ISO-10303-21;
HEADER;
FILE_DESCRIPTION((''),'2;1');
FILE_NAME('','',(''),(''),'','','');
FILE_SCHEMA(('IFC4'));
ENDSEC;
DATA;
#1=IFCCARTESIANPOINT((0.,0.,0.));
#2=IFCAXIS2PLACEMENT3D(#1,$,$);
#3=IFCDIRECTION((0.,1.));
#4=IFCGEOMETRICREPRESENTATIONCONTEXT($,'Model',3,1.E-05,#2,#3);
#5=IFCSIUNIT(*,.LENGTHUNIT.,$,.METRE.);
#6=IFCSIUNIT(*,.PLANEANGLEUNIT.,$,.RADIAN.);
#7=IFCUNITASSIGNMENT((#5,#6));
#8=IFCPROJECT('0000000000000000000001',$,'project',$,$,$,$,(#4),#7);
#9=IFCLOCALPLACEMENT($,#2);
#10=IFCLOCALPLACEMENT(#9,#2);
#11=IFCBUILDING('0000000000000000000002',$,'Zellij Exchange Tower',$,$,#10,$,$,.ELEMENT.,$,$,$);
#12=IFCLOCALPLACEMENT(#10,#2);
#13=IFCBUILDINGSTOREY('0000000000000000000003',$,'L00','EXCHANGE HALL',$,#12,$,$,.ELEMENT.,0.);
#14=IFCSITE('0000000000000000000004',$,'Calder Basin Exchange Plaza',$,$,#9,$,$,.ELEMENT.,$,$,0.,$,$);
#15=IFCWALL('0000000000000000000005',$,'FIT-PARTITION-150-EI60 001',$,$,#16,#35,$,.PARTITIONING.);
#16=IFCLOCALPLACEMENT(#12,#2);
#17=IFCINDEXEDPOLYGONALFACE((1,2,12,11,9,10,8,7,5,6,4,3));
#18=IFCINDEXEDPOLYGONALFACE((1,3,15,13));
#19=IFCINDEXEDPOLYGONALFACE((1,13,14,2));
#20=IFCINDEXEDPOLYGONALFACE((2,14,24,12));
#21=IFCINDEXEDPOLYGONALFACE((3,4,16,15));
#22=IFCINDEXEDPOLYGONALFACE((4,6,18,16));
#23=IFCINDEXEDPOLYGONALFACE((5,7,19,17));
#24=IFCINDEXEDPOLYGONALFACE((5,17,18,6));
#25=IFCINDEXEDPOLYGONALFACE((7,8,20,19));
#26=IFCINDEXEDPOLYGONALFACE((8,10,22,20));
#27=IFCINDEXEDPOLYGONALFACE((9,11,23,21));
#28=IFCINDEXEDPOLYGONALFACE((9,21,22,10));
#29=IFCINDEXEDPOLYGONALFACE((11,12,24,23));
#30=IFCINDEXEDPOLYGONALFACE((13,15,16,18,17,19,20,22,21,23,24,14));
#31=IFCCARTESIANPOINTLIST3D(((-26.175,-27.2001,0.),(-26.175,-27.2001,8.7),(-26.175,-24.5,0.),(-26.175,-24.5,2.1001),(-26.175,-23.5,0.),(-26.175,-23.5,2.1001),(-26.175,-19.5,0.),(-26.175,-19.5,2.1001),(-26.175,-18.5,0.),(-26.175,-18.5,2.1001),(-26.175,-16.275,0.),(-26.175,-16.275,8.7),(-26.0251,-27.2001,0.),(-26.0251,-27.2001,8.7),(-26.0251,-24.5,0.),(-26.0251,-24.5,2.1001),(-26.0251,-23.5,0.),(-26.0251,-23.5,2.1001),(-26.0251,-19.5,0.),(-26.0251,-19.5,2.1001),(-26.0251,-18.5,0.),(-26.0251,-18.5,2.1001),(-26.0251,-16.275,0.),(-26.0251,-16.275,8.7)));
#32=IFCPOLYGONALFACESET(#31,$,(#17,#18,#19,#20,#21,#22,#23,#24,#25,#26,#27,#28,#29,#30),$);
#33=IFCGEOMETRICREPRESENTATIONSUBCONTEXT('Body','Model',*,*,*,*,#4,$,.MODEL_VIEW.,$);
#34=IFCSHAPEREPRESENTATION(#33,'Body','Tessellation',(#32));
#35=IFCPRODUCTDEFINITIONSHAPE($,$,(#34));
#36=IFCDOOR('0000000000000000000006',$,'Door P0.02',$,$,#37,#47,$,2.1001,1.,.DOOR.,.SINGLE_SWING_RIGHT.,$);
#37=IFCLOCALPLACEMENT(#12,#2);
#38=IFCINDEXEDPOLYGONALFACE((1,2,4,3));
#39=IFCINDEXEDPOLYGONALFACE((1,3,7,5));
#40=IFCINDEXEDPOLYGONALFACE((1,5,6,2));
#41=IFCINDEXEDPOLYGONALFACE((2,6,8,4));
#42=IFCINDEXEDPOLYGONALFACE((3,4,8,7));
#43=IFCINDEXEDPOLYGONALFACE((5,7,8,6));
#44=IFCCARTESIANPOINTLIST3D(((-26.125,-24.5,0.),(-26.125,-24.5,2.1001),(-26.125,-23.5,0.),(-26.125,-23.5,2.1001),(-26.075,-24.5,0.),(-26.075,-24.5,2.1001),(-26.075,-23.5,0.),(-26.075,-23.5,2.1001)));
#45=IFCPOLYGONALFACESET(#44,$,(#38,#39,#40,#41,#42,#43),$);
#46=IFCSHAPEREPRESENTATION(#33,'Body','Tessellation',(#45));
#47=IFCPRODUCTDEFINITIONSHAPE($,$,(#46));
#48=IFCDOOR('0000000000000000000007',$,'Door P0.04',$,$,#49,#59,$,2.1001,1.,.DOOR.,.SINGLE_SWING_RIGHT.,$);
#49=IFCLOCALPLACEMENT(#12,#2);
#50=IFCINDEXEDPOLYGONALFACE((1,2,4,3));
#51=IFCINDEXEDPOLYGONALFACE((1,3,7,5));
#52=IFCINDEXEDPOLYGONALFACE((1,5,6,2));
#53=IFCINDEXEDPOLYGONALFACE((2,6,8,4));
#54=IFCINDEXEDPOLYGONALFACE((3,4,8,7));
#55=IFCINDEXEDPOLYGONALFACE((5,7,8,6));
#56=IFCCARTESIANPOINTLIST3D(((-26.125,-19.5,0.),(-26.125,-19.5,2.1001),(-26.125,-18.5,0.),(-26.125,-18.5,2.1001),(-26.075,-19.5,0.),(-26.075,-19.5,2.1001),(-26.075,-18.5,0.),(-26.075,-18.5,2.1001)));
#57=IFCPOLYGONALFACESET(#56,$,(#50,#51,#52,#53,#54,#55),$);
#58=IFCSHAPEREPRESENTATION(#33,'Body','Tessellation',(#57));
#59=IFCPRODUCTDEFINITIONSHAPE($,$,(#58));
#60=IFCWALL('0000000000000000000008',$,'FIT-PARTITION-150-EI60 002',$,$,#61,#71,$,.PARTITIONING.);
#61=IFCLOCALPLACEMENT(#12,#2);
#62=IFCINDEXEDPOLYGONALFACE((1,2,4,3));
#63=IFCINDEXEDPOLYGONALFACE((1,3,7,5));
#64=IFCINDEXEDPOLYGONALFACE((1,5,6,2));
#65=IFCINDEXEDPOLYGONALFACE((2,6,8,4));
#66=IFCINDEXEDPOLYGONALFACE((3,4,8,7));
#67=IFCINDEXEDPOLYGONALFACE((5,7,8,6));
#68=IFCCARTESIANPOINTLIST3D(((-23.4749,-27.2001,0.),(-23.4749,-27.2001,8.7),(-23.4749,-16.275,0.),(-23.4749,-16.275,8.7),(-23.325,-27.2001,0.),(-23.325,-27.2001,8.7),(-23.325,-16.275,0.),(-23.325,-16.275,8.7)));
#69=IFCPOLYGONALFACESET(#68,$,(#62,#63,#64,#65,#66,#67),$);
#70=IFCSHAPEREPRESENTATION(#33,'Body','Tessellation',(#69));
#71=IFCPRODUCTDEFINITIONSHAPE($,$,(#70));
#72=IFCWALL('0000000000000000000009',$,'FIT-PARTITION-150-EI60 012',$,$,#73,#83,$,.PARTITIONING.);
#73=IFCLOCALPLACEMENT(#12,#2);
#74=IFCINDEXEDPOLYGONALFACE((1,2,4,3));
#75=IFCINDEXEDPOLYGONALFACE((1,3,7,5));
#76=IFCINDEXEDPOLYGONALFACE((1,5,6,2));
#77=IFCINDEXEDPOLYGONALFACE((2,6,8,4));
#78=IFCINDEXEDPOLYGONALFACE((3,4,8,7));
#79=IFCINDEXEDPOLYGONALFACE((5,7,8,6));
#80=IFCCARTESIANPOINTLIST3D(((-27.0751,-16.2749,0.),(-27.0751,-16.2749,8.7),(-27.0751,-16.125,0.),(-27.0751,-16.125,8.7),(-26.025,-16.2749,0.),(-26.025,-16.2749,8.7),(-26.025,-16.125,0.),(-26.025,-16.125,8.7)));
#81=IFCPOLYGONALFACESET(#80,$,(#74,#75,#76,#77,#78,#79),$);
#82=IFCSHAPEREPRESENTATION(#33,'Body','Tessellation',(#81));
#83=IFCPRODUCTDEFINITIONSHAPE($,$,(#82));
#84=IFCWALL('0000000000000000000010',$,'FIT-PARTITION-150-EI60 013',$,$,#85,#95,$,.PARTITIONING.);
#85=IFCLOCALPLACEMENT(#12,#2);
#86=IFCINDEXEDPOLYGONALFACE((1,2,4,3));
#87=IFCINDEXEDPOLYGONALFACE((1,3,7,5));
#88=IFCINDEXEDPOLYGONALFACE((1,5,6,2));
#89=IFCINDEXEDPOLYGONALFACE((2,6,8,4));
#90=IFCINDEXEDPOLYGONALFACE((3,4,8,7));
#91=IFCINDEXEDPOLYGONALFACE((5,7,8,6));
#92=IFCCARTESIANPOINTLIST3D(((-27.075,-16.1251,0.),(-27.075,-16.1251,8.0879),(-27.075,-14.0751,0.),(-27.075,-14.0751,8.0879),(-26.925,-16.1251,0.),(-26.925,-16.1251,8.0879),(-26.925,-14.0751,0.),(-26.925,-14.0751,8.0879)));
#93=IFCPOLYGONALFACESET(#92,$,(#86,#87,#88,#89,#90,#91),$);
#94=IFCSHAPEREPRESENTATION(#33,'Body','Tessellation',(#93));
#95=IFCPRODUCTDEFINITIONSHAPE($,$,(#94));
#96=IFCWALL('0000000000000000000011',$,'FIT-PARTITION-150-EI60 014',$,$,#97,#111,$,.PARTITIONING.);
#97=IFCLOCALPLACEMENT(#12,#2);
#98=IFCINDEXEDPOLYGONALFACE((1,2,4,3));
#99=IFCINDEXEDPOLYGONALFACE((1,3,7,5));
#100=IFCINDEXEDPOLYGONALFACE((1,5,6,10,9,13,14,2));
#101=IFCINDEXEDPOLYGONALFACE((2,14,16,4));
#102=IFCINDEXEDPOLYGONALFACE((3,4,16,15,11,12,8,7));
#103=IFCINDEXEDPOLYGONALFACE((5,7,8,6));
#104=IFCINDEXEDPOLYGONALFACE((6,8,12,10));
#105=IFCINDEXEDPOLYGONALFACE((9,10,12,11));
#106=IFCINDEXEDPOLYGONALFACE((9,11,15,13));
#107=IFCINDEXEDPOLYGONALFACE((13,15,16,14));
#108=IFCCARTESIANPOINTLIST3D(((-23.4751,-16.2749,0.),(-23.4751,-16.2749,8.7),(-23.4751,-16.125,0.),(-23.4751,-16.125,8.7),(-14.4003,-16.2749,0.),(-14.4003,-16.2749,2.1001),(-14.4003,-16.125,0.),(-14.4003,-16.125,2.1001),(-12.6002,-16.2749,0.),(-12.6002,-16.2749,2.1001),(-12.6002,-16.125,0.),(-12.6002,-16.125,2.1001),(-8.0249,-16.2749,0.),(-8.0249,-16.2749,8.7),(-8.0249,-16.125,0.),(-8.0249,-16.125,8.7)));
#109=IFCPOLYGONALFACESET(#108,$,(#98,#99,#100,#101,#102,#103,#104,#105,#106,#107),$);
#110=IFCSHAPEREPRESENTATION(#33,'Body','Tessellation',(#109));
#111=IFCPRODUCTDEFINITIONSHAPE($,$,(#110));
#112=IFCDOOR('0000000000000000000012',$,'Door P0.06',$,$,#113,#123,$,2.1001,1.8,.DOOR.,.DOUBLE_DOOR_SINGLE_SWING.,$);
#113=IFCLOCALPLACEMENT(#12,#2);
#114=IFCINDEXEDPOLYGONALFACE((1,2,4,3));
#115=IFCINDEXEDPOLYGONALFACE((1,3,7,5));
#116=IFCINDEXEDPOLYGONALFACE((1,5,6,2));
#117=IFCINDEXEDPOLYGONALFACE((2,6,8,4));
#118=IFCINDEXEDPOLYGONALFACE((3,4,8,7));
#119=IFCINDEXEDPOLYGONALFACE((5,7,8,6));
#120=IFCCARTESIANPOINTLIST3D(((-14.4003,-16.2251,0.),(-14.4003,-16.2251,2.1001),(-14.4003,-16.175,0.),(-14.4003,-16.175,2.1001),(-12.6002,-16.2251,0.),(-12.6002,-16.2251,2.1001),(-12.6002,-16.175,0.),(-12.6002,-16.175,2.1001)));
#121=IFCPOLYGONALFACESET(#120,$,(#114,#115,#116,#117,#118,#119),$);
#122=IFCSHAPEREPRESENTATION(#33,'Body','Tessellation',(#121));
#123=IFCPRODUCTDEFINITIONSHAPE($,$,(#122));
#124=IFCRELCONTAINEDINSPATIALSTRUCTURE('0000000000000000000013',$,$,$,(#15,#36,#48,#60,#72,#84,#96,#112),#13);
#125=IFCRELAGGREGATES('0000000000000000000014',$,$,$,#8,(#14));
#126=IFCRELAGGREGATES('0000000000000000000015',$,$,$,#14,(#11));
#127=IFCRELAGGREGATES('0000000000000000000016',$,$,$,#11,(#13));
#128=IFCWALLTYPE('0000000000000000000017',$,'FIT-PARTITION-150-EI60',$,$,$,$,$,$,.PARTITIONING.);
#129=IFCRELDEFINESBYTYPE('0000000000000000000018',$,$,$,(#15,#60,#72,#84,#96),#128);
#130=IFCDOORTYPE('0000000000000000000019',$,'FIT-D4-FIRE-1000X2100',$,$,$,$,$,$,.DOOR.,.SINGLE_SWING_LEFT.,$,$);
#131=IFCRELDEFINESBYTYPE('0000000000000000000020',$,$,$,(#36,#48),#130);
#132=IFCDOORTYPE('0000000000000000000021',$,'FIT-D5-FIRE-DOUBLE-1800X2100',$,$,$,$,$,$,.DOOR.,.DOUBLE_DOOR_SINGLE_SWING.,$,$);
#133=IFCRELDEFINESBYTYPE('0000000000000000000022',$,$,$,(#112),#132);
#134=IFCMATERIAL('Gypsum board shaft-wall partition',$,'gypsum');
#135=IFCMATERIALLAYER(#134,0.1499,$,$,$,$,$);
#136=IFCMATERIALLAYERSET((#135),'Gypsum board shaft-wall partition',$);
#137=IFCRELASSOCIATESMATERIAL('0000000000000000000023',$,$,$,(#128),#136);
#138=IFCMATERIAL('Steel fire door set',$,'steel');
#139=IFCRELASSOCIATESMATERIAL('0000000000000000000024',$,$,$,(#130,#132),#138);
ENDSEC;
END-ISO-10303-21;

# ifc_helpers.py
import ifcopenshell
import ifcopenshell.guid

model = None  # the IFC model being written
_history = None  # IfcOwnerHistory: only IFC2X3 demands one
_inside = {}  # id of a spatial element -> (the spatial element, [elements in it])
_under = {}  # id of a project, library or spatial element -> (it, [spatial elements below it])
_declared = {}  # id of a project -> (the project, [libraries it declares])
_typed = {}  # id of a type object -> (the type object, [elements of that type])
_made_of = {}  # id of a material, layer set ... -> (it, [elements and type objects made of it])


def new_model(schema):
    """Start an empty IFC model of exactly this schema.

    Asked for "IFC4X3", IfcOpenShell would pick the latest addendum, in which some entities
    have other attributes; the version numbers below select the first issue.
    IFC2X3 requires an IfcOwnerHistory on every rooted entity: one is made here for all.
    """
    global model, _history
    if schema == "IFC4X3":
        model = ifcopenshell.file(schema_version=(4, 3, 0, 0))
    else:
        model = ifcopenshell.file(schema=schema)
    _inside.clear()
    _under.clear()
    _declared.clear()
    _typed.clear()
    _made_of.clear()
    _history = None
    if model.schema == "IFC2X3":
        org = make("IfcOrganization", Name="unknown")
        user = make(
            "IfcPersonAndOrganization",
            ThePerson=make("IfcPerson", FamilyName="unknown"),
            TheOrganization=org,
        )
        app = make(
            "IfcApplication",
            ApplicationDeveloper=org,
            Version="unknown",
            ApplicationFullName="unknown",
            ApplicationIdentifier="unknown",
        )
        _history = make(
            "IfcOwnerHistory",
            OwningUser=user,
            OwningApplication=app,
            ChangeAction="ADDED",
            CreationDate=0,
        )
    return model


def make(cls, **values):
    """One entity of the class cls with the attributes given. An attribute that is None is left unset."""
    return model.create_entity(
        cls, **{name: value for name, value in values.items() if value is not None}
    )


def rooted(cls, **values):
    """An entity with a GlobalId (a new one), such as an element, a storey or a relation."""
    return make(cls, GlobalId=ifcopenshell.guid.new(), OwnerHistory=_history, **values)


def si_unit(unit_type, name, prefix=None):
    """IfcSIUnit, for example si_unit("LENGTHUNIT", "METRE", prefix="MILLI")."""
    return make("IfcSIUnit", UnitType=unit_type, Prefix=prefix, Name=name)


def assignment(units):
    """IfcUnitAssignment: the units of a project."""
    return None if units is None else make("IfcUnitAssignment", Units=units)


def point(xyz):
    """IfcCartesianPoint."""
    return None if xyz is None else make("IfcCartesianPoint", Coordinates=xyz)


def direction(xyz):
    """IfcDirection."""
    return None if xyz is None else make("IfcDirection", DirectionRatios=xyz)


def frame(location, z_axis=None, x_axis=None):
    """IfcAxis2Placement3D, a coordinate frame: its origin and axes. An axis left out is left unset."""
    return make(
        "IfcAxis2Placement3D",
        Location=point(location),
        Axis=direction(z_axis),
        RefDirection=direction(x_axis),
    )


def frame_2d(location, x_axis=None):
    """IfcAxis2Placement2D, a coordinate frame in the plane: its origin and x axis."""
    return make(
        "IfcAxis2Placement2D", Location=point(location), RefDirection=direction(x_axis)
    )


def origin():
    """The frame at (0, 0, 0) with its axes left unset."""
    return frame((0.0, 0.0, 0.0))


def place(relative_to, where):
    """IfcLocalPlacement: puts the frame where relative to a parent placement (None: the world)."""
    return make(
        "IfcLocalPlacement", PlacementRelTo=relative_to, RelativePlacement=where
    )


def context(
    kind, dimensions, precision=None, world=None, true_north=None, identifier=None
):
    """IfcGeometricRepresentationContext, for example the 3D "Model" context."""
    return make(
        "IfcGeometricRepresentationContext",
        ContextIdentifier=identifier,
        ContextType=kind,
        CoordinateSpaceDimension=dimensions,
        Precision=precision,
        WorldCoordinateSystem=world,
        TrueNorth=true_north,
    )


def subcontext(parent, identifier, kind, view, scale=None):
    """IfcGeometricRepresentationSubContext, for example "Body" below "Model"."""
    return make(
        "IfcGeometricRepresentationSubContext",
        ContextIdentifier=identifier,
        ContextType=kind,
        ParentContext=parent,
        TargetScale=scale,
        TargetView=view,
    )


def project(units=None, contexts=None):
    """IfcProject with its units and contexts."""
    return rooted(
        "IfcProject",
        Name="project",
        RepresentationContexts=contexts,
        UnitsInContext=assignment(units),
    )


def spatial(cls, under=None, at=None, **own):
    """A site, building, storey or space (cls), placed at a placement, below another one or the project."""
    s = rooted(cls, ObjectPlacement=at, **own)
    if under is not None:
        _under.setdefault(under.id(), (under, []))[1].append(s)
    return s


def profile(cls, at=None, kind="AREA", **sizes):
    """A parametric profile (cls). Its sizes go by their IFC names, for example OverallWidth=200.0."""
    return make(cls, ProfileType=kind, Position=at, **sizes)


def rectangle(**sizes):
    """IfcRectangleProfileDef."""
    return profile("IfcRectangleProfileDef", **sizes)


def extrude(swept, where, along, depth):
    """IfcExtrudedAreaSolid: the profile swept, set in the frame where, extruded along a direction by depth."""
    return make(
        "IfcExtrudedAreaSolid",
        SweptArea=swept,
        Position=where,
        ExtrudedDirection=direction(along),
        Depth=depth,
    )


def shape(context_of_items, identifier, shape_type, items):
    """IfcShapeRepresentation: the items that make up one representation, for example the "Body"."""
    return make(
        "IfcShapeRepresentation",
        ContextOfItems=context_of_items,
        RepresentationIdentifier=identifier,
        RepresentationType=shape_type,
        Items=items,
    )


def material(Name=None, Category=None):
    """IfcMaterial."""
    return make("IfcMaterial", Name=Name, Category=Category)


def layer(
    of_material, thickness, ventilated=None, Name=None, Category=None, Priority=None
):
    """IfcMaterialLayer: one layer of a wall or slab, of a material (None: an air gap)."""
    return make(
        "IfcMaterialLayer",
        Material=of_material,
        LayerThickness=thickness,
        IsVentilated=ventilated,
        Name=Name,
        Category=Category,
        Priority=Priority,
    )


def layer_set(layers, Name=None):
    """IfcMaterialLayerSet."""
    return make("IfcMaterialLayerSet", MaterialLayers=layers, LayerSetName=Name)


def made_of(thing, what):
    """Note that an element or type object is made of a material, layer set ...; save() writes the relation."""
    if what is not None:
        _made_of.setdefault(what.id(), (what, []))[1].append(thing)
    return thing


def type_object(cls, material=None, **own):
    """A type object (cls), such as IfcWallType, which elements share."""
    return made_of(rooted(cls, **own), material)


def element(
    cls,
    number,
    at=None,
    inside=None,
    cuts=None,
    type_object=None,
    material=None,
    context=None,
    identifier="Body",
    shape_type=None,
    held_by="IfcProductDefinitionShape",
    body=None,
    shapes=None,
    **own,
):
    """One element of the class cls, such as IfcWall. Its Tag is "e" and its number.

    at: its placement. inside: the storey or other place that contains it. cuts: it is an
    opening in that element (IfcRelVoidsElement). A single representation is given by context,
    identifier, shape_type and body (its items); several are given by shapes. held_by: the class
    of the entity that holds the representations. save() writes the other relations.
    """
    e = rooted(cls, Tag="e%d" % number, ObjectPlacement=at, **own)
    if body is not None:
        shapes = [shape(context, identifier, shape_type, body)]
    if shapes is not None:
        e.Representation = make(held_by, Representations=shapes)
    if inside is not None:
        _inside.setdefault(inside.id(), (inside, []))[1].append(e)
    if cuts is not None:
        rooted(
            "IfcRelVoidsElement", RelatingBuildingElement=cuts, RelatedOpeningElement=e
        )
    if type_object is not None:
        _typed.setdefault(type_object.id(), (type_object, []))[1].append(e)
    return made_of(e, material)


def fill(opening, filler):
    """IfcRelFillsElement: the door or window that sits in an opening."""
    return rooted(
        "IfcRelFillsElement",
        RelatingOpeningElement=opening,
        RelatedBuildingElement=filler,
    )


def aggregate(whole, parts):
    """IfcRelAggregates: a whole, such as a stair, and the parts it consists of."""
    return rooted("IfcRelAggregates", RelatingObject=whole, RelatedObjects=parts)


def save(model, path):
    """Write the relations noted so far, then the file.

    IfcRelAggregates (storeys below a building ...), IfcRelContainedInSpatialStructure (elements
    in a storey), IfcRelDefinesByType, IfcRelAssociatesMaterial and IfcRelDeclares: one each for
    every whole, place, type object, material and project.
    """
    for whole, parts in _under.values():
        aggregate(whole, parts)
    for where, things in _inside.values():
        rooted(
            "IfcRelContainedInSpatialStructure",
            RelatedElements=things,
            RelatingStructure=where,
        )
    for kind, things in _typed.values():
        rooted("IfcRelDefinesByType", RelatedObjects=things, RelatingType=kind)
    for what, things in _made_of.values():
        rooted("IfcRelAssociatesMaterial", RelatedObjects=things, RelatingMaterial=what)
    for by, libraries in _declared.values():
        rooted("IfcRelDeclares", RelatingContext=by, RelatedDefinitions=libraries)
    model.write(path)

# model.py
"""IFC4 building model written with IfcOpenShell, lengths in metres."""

from ifc_helpers import new_model, si_unit, direction, frame, frame_2d, origin, place, context, subcontext, project, spatial, rectangle, extrude, material, layer, layer_set, type_object, element, fill, save


model = new_model("IFC4")

# Units and contexts
model_context = context("Model", 3, precision=1e-05, world=origin(), true_north=direction((0.0, 1.0)))
body_context = subcontext(model_context, "Body", "Model", "MODEL_VIEW")
ifc_project = project(units=[si_unit("LENGTHUNIT", "METRE"), si_unit("PLANEANGLEUNIT", "RADIAN")], contexts=[model_context])

# Site, building, storey
site_placement = place(None, origin())
site = spatial("IfcSite", under=ifc_project, at=site_placement, Name="Calder Basin Exchange Plaza", CompositionType="ELEMENT", RefElevation=0.0)
building_placement = place(site_placement, origin())
building = spatial("IfcBuilding", under=site, at=building_placement, Name="Zellij Exchange Tower", CompositionType="ELEMENT")
storey_placement = place(building_placement, origin())
storey = spatial("IfcBuildingStorey", under=building, at=storey_placement, Name="L00", Description="EXCHANGE HALL", CompositionType="ELEMENT", Elevation=0.0)

# Wall, openings, doors
ifc_material_1 = material(Name="Gypsum board shaft-wall partition", Category="gypsum")
ifc_layer = layer(ifc_material_1, 0.1499)
ifc_layer_set = layer_set([ifc_layer], Name="Gypsum board shaft-wall partition")
wall_type = type_object("IfcWallType", Name="FIT-PARTITION-150-EI60", PredefinedType="PARTITIONING", material=ifc_layer_set)
wall_1_placement = place(storey_placement, frame((-26.1001, -27.2, 0.0), z_axis=(0.0, 0.0, 1.0), x_axis=(0.0, 1.0, 0.0)))
wall_1 = element("IfcWall", 1, at=wall_1_placement, inside=storey, type_object=wall_type, Name="FIT-PARTITION-150-EI60 001", PredefinedType="PARTITIONING", context=body_context, shape_type="SweptSolid", body=[
    extrude(rectangle(XDim=10.925, YDim=0.1499, at=frame_2d((5.4624, 0.0))), origin(), (0.0, 0.0, 1.0), 8.7),
])
opening_1_placement = place(wall_1_placement, frame((2.7, 0.0, 0.0)))
opening_1 = element("IfcOpeningElement", 2, at=opening_1_placement, cuts=wall_1, PredefinedType="OPENING", context=body_context, shape_type="SweptSolid", body=[
    extrude(rectangle(XDim=1.0, YDim=2.1001, at=frame_2d((0.5, 1.05))), frame((0.0, 0.0869, 0.0), z_axis=(0.0, -1.0, 0.0), x_axis=(1.0, 0.0, 0.0)), (0.0, 0.0, 1.0), 0.1738),
])
opening_2_placement = place(wall_1_placement, frame((7.7, 0.0, 0.0)))
opening_2 = element("IfcOpeningElement", 3, at=opening_2_placement, cuts=wall_1, PredefinedType="OPENING", context=body_context, shape_type="SweptSolid", body=[
    extrude(rectangle(XDim=1.0, YDim=2.1001, at=frame_2d((0.5, 1.05))), frame((0.0, 0.0869, 0.0), z_axis=(0.0, -1.0, 0.0), x_axis=(1.0, 0.0, 0.0)), (0.0, 0.0, 1.0), 0.1738),
])
ifc_material_2 = material(Name="Steel fire door set", Category="steel")
door_type_1 = type_object("IfcDoorType", Name="FIT-D4-FIRE-1000X2100", OperationType="SINGLE_SWING_LEFT", PredefinedType="DOOR", material=ifc_material_2)
door_1_placement = place(opening_1_placement, origin())
door_1 = element("IfcDoor", 4, at=door_1_placement, inside=storey, type_object=door_type_1, Name="Door P0.02", OperationType="SINGLE_SWING_RIGHT", OverallHeight=2.1001, OverallWidth=1.0, PredefinedType="DOOR", context=body_context, shape_type="SweptSolid", body=[
    extrude(rectangle(XDim=1.0, YDim=2.1001, at=frame_2d((0.5, 1.05))), frame((0.0, 0.0249, 0.0), z_axis=(0.0, -1.0, 0.0), x_axis=(1.0, 0.0, 0.0)), (0.0, 0.0, 1.0), 0.05),
])
fill(opening_1, door_1)
door_2_placement = place(opening_2_placement, origin())
door_2 = element("IfcDoor", 5, at=door_2_placement, inside=storey, type_object=door_type_1, Name="Door P0.04", OperationType="SINGLE_SWING_RIGHT", OverallHeight=2.1001, OverallWidth=1.0, PredefinedType="DOOR", context=body_context, shape_type="SweptSolid", body=[
    extrude(rectangle(XDim=1.0, YDim=2.1001, at=frame_2d((0.5, 1.05))), frame((0.0, 0.0249, 0.0), z_axis=(0.0, -1.0, 0.0), x_axis=(1.0, 0.0, 0.0)), (0.0, 0.0, 1.0), 0.05),
])
fill(opening_2, door_2)

# Walls
wall_2_placement = place(storey_placement, frame((-23.3999, -27.2, 0.0), z_axis=(0.0, 0.0, 1.0), x_axis=(0.0, 1.0, 0.0)))
element("IfcWall", 6, at=wall_2_placement, inside=storey, type_object=wall_type, Name="FIT-PARTITION-150-EI60 002", PredefinedType="PARTITIONING", context=body_context, shape_type="SweptSolid", body=[
    extrude(rectangle(XDim=10.925, YDim=0.1499, at=frame_2d((5.4624, 0.0))), origin(), (0.0, 0.0, 1.0), 8.7),
])
wall_3_placement = place(storey_placement, frame((-27.075, -16.2, 0.0), z_axis=(0.0, 0.0, 1.0), x_axis=(1.0, 0.0, 0.0)))
element("IfcWall", 7, at=wall_3_placement, inside=storey, type_object=wall_type, Name="FIT-PARTITION-150-EI60 012", PredefinedType="PARTITIONING", context=body_context, shape_type="SweptSolid", body=[
    extrude(rectangle(XDim=1.05, YDim=0.1499, at=frame_2d((0.5249, 0.0))), origin(), (0.0, 0.0, 1.0), 8.7),
])
wall_4_placement = place(storey_placement, frame((-27.0, -16.125, 0.0), z_axis=(0.0, 0.0, 1.0), x_axis=(0.0, 1.0, 0.0)))
element("IfcWall", 8, at=wall_4_placement, inside=storey, type_object=wall_type, Name="FIT-PARTITION-150-EI60 013", PredefinedType="PARTITIONING", context=body_context, shape_type="SweptSolid", body=[
    extrude(rectangle(XDim=2.05, YDim=0.1499, at=frame_2d((1.0249, 0.0))), origin(), (0.0, 0.0, 1.0), 8.0879),
])

# Wall, opening, door
wall_5_placement = place(storey_placement, frame((-23.4751, -16.2, 0.0), z_axis=(0.0, 0.0, 1.0), x_axis=(1.0, 0.0, 0.0)))
wall_5 = element("IfcWall", 9, at=wall_5_placement, inside=storey, type_object=wall_type, Name="FIT-PARTITION-150-EI60 014", PredefinedType="PARTITIONING", context=body_context, shape_type="SweptSolid", body=[
    extrude(rectangle(XDim=15.4502, YDim=0.1499, at=frame_2d((7.7251, 0.0))), origin(), (0.0, 0.0, 1.0), 8.7),
])
opening_3_placement = place(wall_5_placement, frame((9.075, 0.0, 0.0)))
opening_3 = element("IfcOpeningElement", 10, at=opening_3_placement, cuts=wall_5, PredefinedType="OPENING", context=body_context, shape_type="SweptSolid", body=[
    extrude(rectangle(XDim=1.8, YDim=2.1001, at=frame_2d((0.8999, 1.05))), frame((0.0, 0.0869, 0.0), z_axis=(0.0, -1.0, 0.0), x_axis=(1.0, 0.0, 0.0)), (0.0, 0.0, 1.0), 0.1738),
])
door_type_2 = type_object("IfcDoorType", Name="FIT-D5-FIRE-DOUBLE-1800X2100", OperationType="DOUBLE_DOOR_SINGLE_SWING", PredefinedType="DOOR", material=ifc_material_2)
door_3_placement = place(opening_3_placement, origin())
door_3 = element("IfcDoor", 11, at=door_3_placement, inside=storey, type_object=door_type_2, Name="Door P0.06", OperationType="DOUBLE_DOOR_SINGLE_SWING", OverallHeight=2.1001, OverallWidth=1.8, PredefinedType="DOOR", context=body_context, shape_type="SweptSolid", body=[
    extrude(rectangle(XDim=1.8, YDim=2.1001, at=frame_2d((0.8999, 1.05))), frame((0.0, 0.0249, 0.0), z_axis=(0.0, -1.0, 0.0), x_axis=(1.0, 0.0, 0.0)), (0.0, 0.0, 1.0), 0.05),
])
fill(opening_3, door_3)

save(model, "model.ifc")
